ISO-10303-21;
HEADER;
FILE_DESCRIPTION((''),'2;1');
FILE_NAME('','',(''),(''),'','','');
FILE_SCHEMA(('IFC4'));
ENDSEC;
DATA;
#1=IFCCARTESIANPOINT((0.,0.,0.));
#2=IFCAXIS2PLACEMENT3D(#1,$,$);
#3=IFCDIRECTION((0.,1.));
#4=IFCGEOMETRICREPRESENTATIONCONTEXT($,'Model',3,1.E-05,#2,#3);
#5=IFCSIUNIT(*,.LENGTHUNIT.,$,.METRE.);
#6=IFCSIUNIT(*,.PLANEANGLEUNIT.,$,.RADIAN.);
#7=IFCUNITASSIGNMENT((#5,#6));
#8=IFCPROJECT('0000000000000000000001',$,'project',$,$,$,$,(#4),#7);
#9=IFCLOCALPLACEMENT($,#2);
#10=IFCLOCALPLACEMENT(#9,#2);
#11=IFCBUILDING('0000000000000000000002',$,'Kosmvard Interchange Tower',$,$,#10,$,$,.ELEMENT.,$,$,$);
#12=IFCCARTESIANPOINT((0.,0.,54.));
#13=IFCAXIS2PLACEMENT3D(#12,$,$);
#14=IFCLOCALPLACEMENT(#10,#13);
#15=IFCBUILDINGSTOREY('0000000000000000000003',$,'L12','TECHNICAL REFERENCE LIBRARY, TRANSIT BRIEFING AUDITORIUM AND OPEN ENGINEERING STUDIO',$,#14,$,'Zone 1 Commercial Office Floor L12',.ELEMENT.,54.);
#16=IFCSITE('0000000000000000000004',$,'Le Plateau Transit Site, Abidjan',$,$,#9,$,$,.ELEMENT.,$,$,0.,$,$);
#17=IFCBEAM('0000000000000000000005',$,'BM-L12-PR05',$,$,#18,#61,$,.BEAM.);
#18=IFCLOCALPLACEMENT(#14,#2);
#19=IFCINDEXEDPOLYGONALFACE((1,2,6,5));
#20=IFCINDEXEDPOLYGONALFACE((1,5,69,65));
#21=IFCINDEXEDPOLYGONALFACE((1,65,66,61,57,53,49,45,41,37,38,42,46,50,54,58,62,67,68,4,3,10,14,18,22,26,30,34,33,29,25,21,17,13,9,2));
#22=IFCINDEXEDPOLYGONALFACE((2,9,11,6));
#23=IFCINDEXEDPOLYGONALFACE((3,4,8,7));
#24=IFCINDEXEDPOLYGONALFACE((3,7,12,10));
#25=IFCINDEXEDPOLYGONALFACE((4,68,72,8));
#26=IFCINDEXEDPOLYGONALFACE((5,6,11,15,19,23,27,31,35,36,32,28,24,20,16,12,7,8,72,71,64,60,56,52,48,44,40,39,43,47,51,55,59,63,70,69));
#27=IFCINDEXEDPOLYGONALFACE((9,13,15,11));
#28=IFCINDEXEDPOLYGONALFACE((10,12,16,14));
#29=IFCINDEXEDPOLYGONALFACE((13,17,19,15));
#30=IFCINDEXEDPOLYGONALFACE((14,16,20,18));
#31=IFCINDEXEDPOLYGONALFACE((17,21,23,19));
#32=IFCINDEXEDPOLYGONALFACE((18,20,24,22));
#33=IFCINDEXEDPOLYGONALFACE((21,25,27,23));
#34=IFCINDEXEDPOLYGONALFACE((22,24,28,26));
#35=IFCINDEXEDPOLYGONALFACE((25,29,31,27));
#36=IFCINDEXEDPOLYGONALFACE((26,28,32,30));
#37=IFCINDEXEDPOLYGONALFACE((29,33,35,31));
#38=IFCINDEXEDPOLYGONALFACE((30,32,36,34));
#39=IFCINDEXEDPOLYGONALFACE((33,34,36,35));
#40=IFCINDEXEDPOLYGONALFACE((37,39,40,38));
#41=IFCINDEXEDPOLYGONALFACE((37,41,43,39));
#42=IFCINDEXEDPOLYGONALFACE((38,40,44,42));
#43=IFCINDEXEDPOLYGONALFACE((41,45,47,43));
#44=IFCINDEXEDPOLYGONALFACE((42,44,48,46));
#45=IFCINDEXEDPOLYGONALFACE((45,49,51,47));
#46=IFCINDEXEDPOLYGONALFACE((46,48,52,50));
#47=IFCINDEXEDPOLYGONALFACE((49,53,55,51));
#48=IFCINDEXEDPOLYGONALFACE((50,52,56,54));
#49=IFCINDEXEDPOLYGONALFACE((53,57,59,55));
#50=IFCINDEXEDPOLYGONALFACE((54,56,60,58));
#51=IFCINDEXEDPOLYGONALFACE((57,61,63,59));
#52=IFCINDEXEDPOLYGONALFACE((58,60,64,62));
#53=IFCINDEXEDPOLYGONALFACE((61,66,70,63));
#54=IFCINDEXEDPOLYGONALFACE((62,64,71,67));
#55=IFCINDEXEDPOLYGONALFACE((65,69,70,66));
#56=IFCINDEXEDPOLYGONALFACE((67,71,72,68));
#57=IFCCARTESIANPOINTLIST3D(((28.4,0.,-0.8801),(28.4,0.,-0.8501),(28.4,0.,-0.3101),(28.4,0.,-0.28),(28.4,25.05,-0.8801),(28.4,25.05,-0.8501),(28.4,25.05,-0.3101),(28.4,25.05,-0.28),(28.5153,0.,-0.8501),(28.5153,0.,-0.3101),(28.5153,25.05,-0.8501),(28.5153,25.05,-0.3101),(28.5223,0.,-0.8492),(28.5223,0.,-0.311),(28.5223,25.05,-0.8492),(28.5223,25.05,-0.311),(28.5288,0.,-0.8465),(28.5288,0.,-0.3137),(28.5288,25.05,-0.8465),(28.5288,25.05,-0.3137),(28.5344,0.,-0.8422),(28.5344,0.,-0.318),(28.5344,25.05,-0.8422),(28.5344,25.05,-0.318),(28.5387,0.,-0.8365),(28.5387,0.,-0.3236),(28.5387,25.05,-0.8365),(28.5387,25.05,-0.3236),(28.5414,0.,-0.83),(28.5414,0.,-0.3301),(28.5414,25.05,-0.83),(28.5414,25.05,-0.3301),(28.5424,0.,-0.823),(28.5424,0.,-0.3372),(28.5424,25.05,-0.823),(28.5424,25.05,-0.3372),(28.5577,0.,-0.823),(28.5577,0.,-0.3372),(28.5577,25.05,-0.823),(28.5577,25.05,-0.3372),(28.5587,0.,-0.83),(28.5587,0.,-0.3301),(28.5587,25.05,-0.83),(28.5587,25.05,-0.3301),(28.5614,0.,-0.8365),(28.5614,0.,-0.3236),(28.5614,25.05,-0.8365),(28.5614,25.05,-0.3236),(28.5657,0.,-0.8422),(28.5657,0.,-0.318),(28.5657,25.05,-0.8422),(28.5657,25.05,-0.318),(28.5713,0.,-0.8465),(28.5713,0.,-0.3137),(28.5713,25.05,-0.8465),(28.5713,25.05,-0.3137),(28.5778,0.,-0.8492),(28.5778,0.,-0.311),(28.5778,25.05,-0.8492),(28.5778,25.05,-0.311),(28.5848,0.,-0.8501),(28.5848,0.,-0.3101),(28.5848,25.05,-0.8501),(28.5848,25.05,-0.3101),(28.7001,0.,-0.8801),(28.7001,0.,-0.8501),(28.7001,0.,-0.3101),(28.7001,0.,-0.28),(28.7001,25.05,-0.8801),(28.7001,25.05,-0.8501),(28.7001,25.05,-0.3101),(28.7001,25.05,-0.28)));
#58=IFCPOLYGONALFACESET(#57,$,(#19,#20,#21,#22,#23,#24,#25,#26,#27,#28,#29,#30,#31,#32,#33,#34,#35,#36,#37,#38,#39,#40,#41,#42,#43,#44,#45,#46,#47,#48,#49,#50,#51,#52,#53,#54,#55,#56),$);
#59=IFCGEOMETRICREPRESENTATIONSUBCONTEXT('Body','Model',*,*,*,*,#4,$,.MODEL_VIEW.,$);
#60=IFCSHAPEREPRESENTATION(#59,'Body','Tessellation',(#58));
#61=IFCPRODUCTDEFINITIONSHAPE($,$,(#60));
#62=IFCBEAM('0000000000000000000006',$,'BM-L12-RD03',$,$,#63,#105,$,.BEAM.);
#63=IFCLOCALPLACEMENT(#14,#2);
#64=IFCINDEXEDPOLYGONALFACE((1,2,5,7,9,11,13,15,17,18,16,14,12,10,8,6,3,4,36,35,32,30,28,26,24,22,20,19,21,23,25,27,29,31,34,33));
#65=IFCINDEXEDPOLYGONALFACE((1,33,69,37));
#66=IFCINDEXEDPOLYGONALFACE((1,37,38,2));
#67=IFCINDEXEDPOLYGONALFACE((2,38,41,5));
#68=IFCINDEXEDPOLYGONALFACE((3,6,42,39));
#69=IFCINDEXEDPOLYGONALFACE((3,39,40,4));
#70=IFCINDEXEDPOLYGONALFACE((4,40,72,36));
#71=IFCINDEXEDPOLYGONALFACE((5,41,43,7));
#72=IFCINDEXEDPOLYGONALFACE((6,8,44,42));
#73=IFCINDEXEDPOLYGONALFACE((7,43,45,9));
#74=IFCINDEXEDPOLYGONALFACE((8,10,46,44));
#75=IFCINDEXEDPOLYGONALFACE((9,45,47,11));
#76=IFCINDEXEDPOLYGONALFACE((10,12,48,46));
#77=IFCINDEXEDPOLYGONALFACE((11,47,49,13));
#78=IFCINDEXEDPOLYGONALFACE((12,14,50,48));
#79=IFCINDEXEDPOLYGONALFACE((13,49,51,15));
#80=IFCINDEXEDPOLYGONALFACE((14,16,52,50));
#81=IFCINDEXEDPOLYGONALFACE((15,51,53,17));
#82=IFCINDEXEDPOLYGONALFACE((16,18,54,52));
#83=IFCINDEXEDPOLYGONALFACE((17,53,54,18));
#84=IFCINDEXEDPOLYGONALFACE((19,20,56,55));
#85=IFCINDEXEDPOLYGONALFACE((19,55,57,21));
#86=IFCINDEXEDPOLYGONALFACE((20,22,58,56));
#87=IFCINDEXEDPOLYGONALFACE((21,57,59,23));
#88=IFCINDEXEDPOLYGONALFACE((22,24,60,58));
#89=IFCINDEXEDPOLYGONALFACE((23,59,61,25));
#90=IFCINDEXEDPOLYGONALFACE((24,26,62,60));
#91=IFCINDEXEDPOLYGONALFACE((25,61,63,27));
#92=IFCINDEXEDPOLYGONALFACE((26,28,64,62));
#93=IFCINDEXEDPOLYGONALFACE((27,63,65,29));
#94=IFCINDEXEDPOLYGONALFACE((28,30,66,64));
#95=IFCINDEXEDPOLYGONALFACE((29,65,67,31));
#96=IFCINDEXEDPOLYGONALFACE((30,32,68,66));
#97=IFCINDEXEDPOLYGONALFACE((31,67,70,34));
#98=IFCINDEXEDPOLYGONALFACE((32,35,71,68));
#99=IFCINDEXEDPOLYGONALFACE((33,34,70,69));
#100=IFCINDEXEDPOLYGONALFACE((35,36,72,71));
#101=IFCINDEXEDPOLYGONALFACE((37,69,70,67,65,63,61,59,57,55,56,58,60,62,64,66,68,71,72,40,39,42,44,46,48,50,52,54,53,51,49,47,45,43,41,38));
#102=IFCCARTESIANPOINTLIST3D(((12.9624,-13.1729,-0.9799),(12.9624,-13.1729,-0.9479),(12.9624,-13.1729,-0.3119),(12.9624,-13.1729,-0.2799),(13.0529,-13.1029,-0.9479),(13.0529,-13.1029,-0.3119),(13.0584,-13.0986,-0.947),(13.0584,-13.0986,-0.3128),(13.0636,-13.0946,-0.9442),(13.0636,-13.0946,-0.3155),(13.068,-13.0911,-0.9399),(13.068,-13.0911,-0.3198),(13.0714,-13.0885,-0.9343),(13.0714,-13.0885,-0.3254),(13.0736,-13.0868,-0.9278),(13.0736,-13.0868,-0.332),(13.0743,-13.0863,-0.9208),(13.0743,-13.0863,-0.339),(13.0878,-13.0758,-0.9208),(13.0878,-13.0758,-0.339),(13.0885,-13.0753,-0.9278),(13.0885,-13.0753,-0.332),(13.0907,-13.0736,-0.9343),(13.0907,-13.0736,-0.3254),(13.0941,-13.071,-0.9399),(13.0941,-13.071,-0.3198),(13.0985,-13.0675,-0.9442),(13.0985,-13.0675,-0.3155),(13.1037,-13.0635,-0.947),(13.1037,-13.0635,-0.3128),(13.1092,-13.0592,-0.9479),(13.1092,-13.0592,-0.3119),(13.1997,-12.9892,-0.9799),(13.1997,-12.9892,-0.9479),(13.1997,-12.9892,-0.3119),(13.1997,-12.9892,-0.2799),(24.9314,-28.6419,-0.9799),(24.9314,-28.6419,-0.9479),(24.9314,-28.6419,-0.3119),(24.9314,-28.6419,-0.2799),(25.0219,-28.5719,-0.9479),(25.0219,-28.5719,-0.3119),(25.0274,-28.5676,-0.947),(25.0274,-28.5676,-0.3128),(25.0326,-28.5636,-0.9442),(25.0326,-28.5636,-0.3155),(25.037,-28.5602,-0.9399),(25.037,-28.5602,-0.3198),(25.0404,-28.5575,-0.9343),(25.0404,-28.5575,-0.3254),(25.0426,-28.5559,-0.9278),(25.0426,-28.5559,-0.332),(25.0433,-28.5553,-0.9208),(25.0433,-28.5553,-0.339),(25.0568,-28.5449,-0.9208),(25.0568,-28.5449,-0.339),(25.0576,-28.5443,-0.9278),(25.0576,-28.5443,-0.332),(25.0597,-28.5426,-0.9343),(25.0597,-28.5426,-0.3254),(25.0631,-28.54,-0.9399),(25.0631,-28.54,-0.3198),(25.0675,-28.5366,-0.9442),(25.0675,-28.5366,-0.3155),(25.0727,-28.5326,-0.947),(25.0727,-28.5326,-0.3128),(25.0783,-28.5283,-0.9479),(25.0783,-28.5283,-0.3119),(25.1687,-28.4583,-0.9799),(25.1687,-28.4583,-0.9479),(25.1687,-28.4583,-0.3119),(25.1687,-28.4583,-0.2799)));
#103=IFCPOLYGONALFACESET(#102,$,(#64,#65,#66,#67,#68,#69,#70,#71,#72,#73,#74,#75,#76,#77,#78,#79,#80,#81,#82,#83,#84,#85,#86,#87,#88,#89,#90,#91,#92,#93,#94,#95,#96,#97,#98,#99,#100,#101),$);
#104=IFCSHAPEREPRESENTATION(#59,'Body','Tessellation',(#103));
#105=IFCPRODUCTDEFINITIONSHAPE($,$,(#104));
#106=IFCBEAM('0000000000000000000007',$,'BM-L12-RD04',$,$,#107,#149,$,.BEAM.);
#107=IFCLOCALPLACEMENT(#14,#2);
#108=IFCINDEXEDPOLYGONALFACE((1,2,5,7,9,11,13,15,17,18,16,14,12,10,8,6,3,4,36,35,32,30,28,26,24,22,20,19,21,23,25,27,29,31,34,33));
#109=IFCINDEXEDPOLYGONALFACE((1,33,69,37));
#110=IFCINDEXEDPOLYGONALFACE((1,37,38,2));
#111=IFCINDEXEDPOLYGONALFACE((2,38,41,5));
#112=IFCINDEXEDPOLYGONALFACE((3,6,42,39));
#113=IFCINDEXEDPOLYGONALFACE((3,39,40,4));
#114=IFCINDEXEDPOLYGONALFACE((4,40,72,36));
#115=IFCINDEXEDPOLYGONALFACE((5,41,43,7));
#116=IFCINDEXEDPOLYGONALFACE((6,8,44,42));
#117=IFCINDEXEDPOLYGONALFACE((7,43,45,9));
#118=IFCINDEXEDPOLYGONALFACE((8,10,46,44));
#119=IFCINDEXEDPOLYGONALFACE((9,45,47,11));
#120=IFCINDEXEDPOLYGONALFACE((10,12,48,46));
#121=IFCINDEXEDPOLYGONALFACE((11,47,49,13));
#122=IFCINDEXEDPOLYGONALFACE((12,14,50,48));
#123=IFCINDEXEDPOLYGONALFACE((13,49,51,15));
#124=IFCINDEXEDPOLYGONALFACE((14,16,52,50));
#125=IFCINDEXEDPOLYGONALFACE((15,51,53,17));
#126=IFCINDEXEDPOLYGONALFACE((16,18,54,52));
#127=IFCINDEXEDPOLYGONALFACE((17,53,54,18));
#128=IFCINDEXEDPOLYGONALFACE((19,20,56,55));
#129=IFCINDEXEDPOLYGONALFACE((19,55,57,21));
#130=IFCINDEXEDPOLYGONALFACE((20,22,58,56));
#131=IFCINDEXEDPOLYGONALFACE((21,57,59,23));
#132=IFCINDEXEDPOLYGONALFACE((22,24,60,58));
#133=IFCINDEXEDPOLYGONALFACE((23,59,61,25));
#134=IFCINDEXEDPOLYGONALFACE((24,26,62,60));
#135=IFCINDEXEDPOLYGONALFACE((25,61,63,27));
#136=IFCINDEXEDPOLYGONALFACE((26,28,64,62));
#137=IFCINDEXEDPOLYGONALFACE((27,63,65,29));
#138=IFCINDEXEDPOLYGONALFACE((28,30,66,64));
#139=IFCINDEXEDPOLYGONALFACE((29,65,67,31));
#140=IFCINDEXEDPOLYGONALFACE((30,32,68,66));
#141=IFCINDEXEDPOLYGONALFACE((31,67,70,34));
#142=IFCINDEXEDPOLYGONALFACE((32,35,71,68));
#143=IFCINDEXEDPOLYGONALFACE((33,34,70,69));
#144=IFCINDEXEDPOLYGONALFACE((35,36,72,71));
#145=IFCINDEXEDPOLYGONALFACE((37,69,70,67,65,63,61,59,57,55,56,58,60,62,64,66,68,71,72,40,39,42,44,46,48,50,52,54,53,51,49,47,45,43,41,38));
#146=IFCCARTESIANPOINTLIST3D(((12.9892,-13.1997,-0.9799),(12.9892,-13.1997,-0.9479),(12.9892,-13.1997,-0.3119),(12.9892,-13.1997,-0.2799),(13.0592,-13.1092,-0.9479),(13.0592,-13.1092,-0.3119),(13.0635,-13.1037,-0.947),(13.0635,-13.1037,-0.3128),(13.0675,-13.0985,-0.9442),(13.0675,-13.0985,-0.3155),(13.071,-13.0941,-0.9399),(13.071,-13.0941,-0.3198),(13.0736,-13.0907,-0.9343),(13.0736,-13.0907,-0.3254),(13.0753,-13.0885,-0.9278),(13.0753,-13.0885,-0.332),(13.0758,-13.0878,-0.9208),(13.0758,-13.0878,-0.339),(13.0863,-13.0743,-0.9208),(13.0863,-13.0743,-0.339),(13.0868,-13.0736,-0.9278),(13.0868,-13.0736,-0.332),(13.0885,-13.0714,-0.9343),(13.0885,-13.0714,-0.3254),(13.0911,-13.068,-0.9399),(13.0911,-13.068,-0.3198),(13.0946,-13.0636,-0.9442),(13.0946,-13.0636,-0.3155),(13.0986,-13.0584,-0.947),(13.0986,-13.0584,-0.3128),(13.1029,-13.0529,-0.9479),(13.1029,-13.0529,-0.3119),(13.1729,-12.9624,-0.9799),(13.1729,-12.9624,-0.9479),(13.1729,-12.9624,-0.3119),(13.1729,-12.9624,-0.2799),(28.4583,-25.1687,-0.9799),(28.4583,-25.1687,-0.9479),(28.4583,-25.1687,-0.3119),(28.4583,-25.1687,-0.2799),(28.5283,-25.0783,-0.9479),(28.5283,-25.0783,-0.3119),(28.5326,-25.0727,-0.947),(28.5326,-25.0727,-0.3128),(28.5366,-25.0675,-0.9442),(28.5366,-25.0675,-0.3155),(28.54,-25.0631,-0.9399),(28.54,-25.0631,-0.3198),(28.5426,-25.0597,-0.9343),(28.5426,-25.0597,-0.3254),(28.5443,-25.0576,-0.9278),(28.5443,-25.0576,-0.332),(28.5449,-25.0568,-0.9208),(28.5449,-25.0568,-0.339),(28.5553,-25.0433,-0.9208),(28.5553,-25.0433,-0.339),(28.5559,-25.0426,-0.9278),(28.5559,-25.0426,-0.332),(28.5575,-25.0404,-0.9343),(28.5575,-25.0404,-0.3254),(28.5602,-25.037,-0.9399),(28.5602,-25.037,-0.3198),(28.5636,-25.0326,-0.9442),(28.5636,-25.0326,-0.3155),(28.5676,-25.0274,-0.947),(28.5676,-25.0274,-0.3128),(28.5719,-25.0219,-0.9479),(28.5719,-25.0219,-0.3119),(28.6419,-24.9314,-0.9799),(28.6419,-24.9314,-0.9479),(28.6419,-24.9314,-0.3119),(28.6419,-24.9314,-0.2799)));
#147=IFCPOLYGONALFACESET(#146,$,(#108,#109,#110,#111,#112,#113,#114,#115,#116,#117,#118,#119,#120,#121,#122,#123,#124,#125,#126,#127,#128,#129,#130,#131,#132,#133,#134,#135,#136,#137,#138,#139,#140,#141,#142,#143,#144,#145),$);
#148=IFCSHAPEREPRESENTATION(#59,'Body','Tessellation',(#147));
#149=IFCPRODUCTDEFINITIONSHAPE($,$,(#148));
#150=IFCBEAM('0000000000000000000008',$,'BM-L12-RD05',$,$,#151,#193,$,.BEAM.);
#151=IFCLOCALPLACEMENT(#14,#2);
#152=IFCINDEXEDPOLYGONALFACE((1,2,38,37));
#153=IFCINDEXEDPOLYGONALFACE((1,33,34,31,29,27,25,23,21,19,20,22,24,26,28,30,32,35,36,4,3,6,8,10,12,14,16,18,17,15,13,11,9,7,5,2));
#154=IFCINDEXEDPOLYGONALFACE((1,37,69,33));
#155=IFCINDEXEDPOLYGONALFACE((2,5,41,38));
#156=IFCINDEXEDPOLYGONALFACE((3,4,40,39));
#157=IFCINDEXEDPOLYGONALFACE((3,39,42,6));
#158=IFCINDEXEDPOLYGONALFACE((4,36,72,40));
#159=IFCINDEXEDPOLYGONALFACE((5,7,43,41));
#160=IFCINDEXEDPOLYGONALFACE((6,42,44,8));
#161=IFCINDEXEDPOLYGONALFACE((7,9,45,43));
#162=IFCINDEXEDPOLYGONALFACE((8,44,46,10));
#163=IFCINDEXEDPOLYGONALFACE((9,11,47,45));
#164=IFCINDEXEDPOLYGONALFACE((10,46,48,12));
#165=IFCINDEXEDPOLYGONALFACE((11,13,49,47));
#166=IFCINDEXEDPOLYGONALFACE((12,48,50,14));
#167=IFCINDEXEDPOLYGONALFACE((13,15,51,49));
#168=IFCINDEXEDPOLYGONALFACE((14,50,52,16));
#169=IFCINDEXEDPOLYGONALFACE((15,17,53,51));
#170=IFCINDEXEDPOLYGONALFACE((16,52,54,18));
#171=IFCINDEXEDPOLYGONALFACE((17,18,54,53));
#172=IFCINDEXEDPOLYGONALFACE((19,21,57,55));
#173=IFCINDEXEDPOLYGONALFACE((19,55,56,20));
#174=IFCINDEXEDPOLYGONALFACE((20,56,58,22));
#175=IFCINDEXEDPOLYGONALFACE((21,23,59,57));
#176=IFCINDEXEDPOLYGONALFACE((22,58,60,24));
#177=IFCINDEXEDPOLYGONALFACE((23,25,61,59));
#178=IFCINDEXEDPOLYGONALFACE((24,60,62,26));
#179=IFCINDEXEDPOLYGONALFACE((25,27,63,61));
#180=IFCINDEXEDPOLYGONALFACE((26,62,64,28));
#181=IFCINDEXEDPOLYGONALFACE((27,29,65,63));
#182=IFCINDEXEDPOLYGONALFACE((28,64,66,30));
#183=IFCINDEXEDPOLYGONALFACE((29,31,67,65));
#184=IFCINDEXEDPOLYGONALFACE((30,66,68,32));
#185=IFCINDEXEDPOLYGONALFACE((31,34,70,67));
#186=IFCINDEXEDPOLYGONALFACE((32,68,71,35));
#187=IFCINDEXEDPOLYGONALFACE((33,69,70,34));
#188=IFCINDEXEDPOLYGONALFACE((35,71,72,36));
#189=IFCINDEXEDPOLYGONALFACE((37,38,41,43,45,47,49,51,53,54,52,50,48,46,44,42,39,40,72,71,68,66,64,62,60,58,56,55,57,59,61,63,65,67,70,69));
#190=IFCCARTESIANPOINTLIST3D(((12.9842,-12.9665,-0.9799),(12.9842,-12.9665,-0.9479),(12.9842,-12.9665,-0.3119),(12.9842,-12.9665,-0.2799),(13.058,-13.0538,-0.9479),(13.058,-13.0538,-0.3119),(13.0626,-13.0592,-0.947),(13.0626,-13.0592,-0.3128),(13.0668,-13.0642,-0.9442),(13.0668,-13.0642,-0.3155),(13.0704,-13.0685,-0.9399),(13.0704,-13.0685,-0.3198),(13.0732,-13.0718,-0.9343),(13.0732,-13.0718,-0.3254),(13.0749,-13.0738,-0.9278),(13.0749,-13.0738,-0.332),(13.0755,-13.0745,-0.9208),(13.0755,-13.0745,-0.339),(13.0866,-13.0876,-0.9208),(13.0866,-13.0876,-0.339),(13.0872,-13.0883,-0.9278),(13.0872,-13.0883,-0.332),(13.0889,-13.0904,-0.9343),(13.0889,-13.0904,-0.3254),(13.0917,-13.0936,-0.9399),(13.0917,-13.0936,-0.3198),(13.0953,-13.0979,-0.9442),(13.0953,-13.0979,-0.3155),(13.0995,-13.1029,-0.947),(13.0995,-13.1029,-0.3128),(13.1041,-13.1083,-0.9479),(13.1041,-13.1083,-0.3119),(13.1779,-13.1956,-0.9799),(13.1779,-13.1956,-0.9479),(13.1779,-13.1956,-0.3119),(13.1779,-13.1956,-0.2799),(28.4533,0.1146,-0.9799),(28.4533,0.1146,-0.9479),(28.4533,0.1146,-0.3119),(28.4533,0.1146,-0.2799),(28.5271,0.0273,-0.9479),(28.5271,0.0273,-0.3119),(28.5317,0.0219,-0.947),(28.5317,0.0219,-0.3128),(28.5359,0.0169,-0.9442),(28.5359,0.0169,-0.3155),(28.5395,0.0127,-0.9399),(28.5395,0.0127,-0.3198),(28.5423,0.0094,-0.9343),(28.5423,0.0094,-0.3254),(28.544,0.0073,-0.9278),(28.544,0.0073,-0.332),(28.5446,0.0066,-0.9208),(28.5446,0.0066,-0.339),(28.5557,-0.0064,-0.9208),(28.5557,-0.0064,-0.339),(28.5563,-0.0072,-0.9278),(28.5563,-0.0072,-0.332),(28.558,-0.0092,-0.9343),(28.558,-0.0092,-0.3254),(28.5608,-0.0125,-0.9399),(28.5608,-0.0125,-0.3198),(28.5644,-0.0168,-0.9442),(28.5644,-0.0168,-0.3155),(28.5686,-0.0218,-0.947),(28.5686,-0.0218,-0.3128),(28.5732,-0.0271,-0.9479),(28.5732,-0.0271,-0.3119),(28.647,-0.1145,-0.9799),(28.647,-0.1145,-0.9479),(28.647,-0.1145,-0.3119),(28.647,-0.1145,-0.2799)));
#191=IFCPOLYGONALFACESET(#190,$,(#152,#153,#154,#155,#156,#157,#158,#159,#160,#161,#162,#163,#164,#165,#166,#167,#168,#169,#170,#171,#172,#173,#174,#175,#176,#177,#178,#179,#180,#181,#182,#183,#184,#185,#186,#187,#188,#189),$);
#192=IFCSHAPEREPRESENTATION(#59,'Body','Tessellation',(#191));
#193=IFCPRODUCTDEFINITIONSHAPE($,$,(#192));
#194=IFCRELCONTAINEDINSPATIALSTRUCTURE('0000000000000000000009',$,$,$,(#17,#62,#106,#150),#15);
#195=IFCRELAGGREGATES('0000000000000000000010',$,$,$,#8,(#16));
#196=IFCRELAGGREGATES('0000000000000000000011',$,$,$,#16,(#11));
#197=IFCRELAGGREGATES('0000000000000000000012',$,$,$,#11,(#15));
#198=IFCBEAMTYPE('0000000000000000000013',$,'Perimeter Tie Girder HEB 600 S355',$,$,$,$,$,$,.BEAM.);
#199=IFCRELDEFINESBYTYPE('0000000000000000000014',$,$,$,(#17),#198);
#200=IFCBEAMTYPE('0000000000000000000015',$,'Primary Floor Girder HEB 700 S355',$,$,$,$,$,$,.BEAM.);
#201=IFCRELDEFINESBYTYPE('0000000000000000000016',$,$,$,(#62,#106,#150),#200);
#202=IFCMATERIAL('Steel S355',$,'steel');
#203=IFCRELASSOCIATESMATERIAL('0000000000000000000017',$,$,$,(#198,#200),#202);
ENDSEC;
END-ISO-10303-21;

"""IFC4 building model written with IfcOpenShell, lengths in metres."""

from ifc_helpers import new_model, si_unit, direction, frame, origin, origin_2d, place, context, subcontext, project, spatial, i_section, extrude, source, transform, mapped, material, material_profile, profile_set, type_object, element, save


model = new_model("IFC4")

# Units and contexts
model_context = context("Model", 3, precision=1e-05, world=origin(), true_north=direction((0.0, 1.0)))
body_context = subcontext(model_context, "Body", "Model", "MODEL_VIEW")
ifc_project = project(units=[si_unit("LENGTHUNIT", "METRE"), si_unit("PLANEANGLEUNIT", "RADIAN")], contexts=[model_context])

# Site, building, storey
site_placement = place(None, origin())
site = spatial("IfcSite", under=ifc_project, at=site_placement, Name="Le Plateau Transit Site, Abidjan", CompositionType="ELEMENT", RefElevation=0.0)
building_placement = place(site_placement, origin())
building = spatial("IfcBuilding", under=site, at=building_placement, Name="Kosmvard Interchange Tower", CompositionType="ELEMENT")
storey_placement = place(building_placement, frame((0.0, 0.0, 54.0)))
storey = spatial("IfcBuildingStorey", under=building, at=storey_placement, Name="L12", Description="TECHNICAL REFERENCE LIBRARY, TRANSIT BRIEFING AUDITORIUM AND OPEN ENGINEERING STUDIO", LongName="Zone 1 Commercial Office Floor L12", CompositionType="ELEMENT", Elevation=54.0)

# Beams
ifc_material_1 = material(Name="Steel S355", Category="steel")
ifc_material_profile_1 = material_profile(ifc_material_1, i_section(OverallWidth=0.3, OverallDepth=0.6001, WebThickness=0.0154, FlangeThickness=0.03, FilletRadius=0.0271, at=origin_2d()), Name="HEB 600")
ifc_profile_set_1 = profile_set([ifc_material_profile_1], Name="Steel S355")
beam_type_1 = type_object("IfcBeamType", Name="Perimeter Tie Girder HEB 600 S355", PredefinedType="BEAM", material=ifc_profile_set_1)
shared_shape_1 = source(origin(), body_context, "Body", "SweptSolid", [
    extrude(i_section(OverallWidth=0.3, OverallDepth=0.6001, WebThickness=0.0154, FlangeThickness=0.03, FilletRadius=0.0271, at=origin_2d()), origin(), (0.0, 0.0, 1.0), 25.05),
])
for number, where, z_axis, x_axis, name in (
    (1, (28.55, 0.0, -0.5801), (0.0, 1.0, 0.0), (-1.0, 0.0, 0.0), "BM-L12-PR05"),
):
    element("IfcBeam", number, at=place(storey_placement, frame(where, z_axis=z_axis, x_axis=x_axis)), inside=storey, type_object=beam_type_1, Name=name, PredefinedType="BEAM", context=body_context, shape_type="MappedRepresentation", body=[
        mapped(shared_shape_1, transform((0.0, 0.0, 0.0), scale=1.0)),
    ])
ifc_material_profile_2 = material_profile(ifc_material_1, i_section(OverallWidth=0.3, OverallDepth=0.7, WebThickness=0.0171, FlangeThickness=0.032, FilletRadius=0.0271, at=origin_2d()), Name="HEB 700")
ifc_profile_set_2 = profile_set([ifc_material_profile_2], Name="Steel S355")
beam_type_2 = type_object("IfcBeamType", Name="Primary Floor Girder HEB 700 S355", PredefinedType="BEAM", material=ifc_profile_set_2)
shared_shape_2 = source(origin(), body_context, "Body", "SweptSolid", [
    extrude(i_section(OverallWidth=0.3, OverallDepth=0.7, WebThickness=0.0171, FlangeThickness=0.032, FilletRadius=0.0271, at=origin_2d()), origin(), (0.0, 0.0, 1.0), 19.5588),
])
for number, where, z_axis, x_axis, name in (
    (2, (13.0811, -13.0811, -0.6299), (0.611949, -0.790897, 0.0), (0.790897, 0.611949, 0.0), "BM-L12-RD03"),
    (3, (13.0811, -13.0811, -0.6299), (0.790897, -0.611949, 0.0), (0.611949, 0.790897, 0.0), "BM-L12-RD04"),
):
    element("IfcBeam", number, at=place(storey_placement, frame(where, z_axis=z_axis, x_axis=x_axis)), inside=storey, type_object=beam_type_2, Name=name, PredefinedType="BEAM", context=body_context, shape_type="MappedRepresentation", body=[
        mapped(shared_shape_2, transform((0.0, 0.0, 0.0), scale=1.0)),
    ])
shared_shape_3 = source(origin(), body_context, "Body", "SweptSolid", [
    extrude(i_section(OverallWidth=0.3, OverallDepth=0.7, WebThickness=0.0171, FlangeThickness=0.032, FilletRadius=0.0271, at=origin_2d()), origin(), (0.0, 0.0, 1.0), 20.2585),
])
beam_1_placement = place(storey_placement, frame((13.0811, -13.0811, -0.6299), z_axis=(0.763583, 0.645709, 0.0), x_axis=(-0.645709, 0.763583, 0.0)))
element("IfcBeam", 4, at=beam_1_placement, inside=storey, type_object=beam_type_2, Name="BM-L12-RD05", PredefinedType="BEAM", context=body_context, shape_type="MappedRepresentation", body=[
    mapped(shared_shape_3, transform((0.0, 0.0, 0.0), scale=1.0)),
])

save(model, "model.ifc")
